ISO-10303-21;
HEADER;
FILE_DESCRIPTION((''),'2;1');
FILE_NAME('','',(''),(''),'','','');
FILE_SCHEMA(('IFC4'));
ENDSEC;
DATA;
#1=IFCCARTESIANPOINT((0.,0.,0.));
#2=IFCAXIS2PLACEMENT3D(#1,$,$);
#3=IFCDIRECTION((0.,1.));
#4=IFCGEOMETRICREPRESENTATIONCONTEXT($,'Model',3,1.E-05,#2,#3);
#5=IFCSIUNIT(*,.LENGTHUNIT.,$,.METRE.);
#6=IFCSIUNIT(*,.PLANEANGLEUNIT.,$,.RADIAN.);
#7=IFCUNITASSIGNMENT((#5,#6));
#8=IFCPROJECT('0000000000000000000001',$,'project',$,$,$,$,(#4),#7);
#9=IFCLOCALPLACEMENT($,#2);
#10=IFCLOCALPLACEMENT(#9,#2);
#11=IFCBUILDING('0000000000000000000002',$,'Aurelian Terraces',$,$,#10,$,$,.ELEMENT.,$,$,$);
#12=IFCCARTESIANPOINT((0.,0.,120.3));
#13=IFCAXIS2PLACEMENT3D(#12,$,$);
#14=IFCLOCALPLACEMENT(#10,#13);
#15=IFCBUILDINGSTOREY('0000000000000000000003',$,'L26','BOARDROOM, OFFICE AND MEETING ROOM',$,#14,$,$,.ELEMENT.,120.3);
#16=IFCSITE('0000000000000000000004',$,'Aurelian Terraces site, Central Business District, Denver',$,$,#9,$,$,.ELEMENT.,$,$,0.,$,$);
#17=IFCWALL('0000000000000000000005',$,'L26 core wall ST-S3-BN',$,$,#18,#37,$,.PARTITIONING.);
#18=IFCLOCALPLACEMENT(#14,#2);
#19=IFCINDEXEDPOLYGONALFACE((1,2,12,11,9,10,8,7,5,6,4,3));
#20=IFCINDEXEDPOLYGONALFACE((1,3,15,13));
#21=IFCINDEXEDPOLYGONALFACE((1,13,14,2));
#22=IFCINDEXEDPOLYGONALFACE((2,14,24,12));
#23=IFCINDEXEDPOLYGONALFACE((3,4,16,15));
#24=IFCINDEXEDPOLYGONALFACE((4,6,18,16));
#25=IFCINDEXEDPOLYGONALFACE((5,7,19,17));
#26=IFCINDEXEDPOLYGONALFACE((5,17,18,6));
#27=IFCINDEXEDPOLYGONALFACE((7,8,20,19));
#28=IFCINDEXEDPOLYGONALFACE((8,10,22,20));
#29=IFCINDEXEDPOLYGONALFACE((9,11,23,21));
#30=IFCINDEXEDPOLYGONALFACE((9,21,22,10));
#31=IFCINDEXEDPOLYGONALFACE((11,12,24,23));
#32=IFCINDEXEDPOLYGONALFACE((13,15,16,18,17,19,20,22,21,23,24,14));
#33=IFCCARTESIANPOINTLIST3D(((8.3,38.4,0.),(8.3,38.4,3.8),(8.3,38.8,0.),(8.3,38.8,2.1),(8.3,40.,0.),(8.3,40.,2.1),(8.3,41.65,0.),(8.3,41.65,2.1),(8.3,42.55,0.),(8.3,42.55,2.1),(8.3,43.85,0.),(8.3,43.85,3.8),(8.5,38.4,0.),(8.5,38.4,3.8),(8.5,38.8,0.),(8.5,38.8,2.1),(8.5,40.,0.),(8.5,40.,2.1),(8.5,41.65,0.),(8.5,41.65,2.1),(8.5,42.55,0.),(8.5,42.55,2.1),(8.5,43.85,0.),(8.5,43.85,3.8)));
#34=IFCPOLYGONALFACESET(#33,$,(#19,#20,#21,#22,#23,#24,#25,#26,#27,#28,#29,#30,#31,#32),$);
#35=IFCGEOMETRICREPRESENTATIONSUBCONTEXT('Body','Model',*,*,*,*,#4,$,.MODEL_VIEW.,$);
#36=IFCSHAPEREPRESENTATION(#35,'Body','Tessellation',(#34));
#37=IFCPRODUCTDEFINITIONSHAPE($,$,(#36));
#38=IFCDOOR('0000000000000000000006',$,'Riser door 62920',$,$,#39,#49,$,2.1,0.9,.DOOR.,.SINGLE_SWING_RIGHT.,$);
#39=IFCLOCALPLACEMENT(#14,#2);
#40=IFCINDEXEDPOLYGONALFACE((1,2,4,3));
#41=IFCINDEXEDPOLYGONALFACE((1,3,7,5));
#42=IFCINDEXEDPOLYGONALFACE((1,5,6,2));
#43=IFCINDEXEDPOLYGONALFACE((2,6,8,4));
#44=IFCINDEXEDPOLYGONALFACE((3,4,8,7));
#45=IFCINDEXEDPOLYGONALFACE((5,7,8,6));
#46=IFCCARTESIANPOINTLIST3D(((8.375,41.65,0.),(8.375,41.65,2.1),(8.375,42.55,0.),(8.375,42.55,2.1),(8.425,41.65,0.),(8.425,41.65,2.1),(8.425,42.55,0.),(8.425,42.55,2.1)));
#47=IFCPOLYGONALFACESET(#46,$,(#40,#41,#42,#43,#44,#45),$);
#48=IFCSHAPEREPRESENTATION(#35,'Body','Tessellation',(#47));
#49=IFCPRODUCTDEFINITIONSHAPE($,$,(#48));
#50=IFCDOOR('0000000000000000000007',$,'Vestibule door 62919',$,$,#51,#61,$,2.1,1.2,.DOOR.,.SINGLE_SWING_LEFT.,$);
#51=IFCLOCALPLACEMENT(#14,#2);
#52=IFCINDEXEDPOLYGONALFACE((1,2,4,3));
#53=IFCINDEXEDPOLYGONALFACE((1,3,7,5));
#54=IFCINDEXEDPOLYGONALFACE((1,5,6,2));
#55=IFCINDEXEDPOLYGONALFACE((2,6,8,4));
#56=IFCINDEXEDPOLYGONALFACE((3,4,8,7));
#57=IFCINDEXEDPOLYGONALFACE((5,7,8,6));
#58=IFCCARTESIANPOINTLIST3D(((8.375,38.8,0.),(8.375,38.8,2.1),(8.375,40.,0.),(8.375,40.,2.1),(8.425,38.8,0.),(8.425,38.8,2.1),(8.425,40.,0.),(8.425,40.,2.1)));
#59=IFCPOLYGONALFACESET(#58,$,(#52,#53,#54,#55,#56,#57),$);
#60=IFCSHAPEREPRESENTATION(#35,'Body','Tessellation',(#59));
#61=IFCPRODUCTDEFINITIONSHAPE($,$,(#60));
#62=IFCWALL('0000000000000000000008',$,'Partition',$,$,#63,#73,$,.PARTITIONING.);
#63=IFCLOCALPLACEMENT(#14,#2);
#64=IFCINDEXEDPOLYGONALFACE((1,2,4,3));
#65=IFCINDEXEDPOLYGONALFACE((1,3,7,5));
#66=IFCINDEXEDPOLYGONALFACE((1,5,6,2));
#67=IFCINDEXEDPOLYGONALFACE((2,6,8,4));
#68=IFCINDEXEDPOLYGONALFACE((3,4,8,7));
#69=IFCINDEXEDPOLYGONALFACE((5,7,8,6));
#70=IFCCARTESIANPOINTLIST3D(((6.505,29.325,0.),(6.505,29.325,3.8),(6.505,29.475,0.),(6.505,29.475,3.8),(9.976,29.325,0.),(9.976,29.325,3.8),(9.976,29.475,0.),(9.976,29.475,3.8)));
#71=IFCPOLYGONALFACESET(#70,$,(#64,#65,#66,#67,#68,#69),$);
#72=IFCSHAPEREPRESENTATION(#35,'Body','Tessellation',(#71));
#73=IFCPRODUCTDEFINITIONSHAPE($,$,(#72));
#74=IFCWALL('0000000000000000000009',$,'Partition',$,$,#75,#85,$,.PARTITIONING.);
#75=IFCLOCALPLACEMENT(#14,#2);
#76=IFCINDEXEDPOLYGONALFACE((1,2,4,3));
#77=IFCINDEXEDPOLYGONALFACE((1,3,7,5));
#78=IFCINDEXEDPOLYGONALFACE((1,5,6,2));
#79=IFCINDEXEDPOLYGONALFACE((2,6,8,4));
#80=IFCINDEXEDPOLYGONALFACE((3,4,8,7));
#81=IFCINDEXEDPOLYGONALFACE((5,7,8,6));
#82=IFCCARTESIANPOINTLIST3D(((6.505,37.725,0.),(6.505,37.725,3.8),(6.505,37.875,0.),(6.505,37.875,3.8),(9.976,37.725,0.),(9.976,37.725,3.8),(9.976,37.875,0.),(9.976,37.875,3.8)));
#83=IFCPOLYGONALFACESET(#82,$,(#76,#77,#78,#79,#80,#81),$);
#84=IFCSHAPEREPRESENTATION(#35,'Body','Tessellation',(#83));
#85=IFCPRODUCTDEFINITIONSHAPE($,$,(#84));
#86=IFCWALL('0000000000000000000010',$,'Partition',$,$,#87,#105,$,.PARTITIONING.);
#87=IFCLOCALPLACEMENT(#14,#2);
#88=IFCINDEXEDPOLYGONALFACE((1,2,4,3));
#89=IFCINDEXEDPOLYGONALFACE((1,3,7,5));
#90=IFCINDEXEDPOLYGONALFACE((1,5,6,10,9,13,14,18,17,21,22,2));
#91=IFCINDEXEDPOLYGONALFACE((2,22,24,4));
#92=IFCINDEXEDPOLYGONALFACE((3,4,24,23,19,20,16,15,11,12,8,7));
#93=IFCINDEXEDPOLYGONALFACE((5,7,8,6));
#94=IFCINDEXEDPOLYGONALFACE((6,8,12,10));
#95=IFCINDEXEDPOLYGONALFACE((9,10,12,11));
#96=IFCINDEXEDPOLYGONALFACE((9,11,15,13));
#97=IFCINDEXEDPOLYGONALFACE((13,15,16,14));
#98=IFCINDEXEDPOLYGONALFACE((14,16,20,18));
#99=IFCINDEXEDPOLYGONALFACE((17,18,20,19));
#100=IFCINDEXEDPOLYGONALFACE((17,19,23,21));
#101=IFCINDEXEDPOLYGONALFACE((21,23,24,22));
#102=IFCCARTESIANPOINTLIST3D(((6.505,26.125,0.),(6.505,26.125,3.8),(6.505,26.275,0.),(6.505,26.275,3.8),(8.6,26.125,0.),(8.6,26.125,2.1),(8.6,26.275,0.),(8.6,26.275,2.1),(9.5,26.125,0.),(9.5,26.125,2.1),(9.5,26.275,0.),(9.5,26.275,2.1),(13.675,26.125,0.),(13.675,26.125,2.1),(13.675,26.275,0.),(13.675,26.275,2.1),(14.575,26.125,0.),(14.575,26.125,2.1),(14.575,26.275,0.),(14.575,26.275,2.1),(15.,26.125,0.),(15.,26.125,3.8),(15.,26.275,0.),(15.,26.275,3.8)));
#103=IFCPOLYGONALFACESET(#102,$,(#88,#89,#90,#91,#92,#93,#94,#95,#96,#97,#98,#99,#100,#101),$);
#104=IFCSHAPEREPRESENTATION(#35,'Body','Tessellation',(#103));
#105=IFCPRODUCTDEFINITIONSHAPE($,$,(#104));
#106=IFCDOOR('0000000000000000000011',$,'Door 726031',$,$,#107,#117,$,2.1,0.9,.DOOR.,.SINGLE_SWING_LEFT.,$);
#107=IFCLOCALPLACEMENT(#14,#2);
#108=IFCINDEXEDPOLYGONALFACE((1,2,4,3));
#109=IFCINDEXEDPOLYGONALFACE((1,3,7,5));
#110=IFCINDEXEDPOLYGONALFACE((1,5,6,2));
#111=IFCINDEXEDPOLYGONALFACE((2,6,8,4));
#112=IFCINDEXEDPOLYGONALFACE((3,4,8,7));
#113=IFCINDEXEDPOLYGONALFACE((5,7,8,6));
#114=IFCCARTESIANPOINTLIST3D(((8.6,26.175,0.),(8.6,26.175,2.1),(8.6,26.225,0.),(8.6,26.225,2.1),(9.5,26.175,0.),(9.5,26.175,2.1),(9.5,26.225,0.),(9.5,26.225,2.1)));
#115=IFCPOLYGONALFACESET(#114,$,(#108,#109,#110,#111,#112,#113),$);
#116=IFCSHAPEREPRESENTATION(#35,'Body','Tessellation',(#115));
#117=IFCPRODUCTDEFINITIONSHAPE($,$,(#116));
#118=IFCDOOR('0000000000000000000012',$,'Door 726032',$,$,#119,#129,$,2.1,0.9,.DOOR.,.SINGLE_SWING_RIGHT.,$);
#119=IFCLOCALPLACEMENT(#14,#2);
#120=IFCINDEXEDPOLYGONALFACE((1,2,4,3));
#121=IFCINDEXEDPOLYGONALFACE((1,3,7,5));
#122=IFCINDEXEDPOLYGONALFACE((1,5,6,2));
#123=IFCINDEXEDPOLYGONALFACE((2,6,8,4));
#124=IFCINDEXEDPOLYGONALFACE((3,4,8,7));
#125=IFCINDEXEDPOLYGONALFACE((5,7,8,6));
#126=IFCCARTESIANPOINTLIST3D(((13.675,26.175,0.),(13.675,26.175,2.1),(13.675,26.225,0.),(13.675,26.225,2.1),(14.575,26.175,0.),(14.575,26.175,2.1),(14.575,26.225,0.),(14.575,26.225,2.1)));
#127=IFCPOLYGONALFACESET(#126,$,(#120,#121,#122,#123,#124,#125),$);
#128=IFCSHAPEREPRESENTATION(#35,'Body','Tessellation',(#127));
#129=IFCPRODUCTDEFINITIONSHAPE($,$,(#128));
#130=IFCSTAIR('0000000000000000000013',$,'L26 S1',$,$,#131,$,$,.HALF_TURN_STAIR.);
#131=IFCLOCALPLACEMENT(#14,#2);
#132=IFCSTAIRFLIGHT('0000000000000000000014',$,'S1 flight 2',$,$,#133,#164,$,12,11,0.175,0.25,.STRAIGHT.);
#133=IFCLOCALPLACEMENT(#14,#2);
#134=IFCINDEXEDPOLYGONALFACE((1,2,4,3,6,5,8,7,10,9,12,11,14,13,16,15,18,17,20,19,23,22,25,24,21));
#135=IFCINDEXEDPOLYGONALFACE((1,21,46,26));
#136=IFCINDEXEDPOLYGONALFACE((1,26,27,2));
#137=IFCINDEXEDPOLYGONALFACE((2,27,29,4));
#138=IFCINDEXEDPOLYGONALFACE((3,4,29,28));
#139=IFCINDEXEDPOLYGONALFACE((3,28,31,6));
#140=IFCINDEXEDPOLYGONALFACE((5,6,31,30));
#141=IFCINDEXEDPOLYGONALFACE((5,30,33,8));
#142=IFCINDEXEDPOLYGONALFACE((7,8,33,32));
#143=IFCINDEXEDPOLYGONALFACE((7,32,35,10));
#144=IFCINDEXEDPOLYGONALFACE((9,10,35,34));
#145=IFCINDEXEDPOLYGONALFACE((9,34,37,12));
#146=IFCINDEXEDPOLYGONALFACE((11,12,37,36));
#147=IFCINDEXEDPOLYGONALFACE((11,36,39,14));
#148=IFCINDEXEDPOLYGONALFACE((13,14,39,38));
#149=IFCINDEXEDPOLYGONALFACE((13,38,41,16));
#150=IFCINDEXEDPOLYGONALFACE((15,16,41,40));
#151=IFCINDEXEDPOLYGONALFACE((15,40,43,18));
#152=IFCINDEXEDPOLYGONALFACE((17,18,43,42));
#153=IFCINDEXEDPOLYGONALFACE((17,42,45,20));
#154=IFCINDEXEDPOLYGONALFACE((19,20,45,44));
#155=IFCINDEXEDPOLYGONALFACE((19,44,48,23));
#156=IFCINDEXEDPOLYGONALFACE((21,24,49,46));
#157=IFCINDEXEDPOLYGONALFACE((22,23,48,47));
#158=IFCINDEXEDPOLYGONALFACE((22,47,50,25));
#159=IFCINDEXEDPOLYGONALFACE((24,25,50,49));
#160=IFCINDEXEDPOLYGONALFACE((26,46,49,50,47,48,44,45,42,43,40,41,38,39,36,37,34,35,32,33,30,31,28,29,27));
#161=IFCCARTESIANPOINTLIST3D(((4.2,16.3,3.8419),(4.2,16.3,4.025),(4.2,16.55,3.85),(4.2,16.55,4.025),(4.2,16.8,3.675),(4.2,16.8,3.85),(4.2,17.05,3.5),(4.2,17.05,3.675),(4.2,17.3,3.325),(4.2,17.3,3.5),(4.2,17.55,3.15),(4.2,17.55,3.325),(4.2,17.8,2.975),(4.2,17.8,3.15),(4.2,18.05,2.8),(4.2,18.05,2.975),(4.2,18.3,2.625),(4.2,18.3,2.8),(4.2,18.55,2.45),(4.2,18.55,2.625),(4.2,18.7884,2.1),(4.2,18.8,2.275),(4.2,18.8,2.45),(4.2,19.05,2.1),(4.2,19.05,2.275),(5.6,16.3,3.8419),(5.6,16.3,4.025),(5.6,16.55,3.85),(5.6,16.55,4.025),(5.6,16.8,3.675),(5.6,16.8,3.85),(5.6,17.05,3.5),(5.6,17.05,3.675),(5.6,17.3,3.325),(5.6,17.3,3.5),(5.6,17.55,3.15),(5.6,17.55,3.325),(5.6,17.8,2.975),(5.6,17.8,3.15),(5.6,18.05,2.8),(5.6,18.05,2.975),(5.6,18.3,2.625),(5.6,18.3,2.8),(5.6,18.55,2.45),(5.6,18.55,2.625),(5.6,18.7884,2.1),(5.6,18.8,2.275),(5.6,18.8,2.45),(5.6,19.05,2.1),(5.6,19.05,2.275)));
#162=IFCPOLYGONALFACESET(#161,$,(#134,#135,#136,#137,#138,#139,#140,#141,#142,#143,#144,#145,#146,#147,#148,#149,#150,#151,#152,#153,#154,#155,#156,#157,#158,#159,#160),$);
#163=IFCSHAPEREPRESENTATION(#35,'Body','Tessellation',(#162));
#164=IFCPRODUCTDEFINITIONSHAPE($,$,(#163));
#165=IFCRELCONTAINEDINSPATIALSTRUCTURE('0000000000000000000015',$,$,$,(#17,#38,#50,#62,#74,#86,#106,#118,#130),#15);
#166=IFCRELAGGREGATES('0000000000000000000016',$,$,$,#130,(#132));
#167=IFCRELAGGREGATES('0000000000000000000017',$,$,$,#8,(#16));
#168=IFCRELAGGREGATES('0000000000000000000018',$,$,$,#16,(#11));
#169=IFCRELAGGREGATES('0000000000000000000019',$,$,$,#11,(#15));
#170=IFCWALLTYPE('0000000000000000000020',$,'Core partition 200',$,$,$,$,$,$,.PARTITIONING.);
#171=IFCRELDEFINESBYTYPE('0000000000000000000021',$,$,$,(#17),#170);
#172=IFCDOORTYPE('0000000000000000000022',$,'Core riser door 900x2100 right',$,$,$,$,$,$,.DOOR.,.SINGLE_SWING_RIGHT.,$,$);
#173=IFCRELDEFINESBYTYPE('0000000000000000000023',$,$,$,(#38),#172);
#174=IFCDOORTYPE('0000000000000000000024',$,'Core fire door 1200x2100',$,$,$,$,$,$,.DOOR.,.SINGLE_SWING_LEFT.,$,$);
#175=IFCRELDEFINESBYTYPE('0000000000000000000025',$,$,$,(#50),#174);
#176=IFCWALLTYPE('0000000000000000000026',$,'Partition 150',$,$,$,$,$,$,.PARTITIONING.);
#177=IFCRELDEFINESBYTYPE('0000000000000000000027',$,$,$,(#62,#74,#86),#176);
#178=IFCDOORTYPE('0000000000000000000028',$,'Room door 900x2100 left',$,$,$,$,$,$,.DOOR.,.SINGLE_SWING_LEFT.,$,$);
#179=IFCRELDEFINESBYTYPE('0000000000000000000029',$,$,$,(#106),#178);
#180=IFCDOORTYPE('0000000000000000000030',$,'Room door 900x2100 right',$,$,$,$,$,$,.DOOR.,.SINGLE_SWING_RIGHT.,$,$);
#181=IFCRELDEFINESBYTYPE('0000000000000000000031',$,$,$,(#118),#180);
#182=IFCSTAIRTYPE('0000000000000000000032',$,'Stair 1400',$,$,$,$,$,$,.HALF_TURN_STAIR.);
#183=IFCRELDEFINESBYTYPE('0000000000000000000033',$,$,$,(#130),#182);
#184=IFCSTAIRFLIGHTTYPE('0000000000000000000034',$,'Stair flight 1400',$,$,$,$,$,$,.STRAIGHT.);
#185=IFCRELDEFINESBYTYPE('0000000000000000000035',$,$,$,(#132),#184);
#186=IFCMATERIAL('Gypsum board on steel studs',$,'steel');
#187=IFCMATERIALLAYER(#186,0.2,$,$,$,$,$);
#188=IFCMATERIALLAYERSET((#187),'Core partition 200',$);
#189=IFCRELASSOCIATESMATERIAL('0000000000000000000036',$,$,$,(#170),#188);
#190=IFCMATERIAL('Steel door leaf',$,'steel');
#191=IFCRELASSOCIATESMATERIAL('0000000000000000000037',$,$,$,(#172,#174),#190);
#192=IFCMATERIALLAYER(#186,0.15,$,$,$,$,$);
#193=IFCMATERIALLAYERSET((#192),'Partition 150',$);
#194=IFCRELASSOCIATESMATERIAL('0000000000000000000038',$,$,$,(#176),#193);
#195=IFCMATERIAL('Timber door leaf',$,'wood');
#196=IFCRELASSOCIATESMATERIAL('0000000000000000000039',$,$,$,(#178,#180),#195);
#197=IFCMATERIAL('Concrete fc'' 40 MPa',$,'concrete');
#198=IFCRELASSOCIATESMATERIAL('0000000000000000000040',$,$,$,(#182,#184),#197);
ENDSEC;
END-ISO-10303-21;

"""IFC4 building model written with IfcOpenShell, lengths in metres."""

from ifc_helpers import new_model, si_unit, direction, frame, frame_2d, origin, place, context, subcontext, project, spatial, polyline, rectangle, outline, extrude, source, transform, mapped, material, layer, layer_set, type_object, element, fill, aggregate, save


model = new_model("IFC4")

# Units and contexts
model_context = context("Model", 3, precision=1e-05, world=origin(), true_north=direction((0.0, 1.0)))
body_context = subcontext(model_context, "Body", "Model", "MODEL_VIEW")
ifc_project = project(units=[si_unit("LENGTHUNIT", "METRE"), si_unit("PLANEANGLEUNIT", "RADIAN")], contexts=[model_context])

# Site, building, storey
site_placement = place(None, origin())
site = spatial("IfcSite", under=ifc_project, at=site_placement, Name="Aurelian Terraces site, Central Business District, Denver", CompositionType="ELEMENT", RefElevation=0.0)
building_placement = place(site_placement, origin())
building = spatial("IfcBuilding", under=site, at=building_placement, Name="Aurelian Terraces", CompositionType="ELEMENT")
storey_placement = place(building_placement, frame((0.0, 0.0, 120.3)))
storey = spatial("IfcBuildingStorey", under=building, at=storey_placement, Name="L26", Description="BOARDROOM, OFFICE AND MEETING ROOM", CompositionType="ELEMENT", Elevation=120.3)

# Shared definitions
ifc_material_1 = material(Name="Concrete fc' 40 MPa", Category="concrete")

# Shared definitions
ifc_material_2 = material(Name="Steel door leaf", Category="steel")
shared_shape_1 = source(origin(), body_context, "Body", "SweptSolid", [
    extrude(rectangle(XDim=1.2, YDim=2.1, at=frame_2d((0.6, 1.05))), frame((0.0, 0.025, 0.0), z_axis=(0.0, -1.0, 0.0), x_axis=(1.0, 0.0, 0.0)), (0.0, 0.0, 1.0), 0.05),
])

# Wall, openings, doors
ifc_material_3 = material(Name="Gypsum board on steel studs", Category="steel")
ifc_layer_1 = layer(ifc_material_3, 0.2)
ifc_layer_set_1 = layer_set([ifc_layer_1], Name="Core partition 200")
wall_type_1 = type_object("IfcWallType", Name="Core partition 200", PredefinedType="PARTITIONING", material=ifc_layer_set_1)
shared_shape_2 = source(origin(), body_context, "Body", "SweptSolid", [
    extrude(rectangle(XDim=5.45, YDim=0.2, at=frame_2d((2.725, 0.0))), origin(), (0.0, 0.0, 1.0), 3.8),
])
wall_1_placement = place(storey_placement, frame((8.4, 38.4, 0.0), z_axis=(0.0, 0.0, 1.0), x_axis=(0.0, 1.0, 0.0)))
wall_1 = element("IfcWall", 1, at=wall_1_placement, inside=storey, type_object=wall_type_1, Name="L26 core wall ST-S3-BN", PredefinedType="PARTITIONING", context=body_context, shape_type="MappedRepresentation", body=[
    mapped(shared_shape_2, transform((0.0, 0.0, 0.0), scale=1.0)),
])
shared_shape_3 = source(origin(), body_context, "Body", "SweptSolid", [
    extrude(rectangle(XDim=1.2, YDim=2.1, at=frame_2d((0.6, 1.05))), frame((0.0, 0.11, 0.0), z_axis=(0.0, -1.0, 0.0), x_axis=(1.0, 0.0, 0.0)), (0.0, 0.0, 1.0), 0.22),
])
opening_1_placement = place(wall_1_placement, frame((0.4, 0.0, 0.0)))
opening_1 = element("IfcOpeningElement", 2, at=opening_1_placement, cuts=wall_1, PredefinedType="OPENING", context=body_context, shape_type="MappedRepresentation", body=[
    mapped(shared_shape_3, transform((0.0, 0.0, 0.0), scale=1.0)),
])
shared_shape_4 = source(origin(), body_context, "Body", "SweptSolid", [
    extrude(rectangle(XDim=0.9, YDim=2.1, at=frame_2d((0.45, 1.05))), frame((0.0, 0.11, 0.0), z_axis=(0.0, -1.0, 0.0), x_axis=(1.0, 0.0, 0.0)), (0.0, 0.0, 1.0), 0.22),
])
opening_2_placement = place(wall_1_placement, frame((3.25, 0.0, 0.0)))
opening_2 = element("IfcOpeningElement", 3, at=opening_2_placement, cuts=wall_1, PredefinedType="OPENING", context=body_context, shape_type="MappedRepresentation", body=[
    mapped(shared_shape_4, transform((0.0, 0.0, 0.0), scale=1.0)),
])
door_type_1 = type_object("IfcDoorType", Name="Core riser door 900x2100 right", OperationType="SINGLE_SWING_RIGHT", PredefinedType="DOOR", material=ifc_material_2)
shared_shape_5 = source(origin(), body_context, "Body", "SweptSolid", [
    extrude(rectangle(XDim=0.9, YDim=2.1, at=frame_2d((0.45, 1.05))), frame((0.0, 0.025, 0.0), z_axis=(0.0, -1.0, 0.0), x_axis=(1.0, 0.0, 0.0)), (0.0, 0.0, 1.0), 0.05),
])
door_1_placement = place(opening_2_placement, origin())
door_1 = element("IfcDoor", 4, at=door_1_placement, inside=storey, type_object=door_type_1, Name="Riser door 62920", OperationType="SINGLE_SWING_RIGHT", OverallHeight=2.1, OverallWidth=0.9, PredefinedType="DOOR", context=body_context, shape_type="MappedRepresentation", body=[
    mapped(shared_shape_5, transform((0.0, 0.0, 0.0), scale=1.0)),
])
fill(opening_2, door_1)
door_type_2 = type_object("IfcDoorType", Name="Core fire door 1200x2100", OperationType="SINGLE_SWING_LEFT", PredefinedType="DOOR", material=ifc_material_2)
door_2_placement = place(opening_1_placement, origin())
door_2 = element("IfcDoor", 5, at=door_2_placement, inside=storey, type_object=door_type_2, Name="Vestibule door 62919", OperationType="SINGLE_SWING_LEFT", OverallHeight=2.1, OverallWidth=1.2, PredefinedType="DOOR", context=body_context, shape_type="MappedRepresentation", body=[
    mapped(shared_shape_1, transform((0.0, 0.0, 0.0), scale=1.0)),
])
fill(opening_1, door_2)

# Walls
ifc_layer_2 = layer(ifc_material_3, 0.15)
ifc_layer_set_2 = layer_set([ifc_layer_2], Name="Partition 150")
wall_type_2 = type_object("IfcWallType", Name="Partition 150", PredefinedType="PARTITIONING", material=ifc_layer_set_2)
shared_shape_6 = source(origin(), body_context, "Body", "SweptSolid", [
    extrude(rectangle(XDim=3.471, YDim=0.15, at=frame_2d((1.7355, 0.0))), origin(), (0.0, 0.0, 1.0), 3.8),
])
for number, where, z_axis, x_axis, name in (
    (6, (9.976, 29.4, 0.0), (0.0, 0.0, 1.0), (-1.0, 0.0, 0.0), "Partition"),
    (7, (9.976, 37.8, 0.0), (0.0, 0.0, 1.0), (-1.0, 0.0, 0.0), "Partition"),
):
    element("IfcWall", number, at=place(storey_placement, frame(where, z_axis=z_axis, x_axis=x_axis)), inside=storey, type_object=wall_type_2, Name=name, PredefinedType="PARTITIONING", context=body_context, shape_type="MappedRepresentation", body=[
        mapped(shared_shape_6, transform((0.0, 0.0, 0.0), scale=1.0)),
    ])

# Wall, openings, doors
shared_shape_7 = source(origin(), body_context, "Body", "SweptSolid", [
    extrude(rectangle(XDim=8.495, YDim=0.15, at=frame_2d((4.2475, 0.0))), origin(), (0.0, 0.0, 1.0), 3.8),
])
wall_2_placement = place(storey_placement, frame((6.505, 26.2, 0.0), z_axis=(0.0, 0.0, 1.0), x_axis=(1.0, 0.0, 0.0)))
wall_2 = element("IfcWall", 8, at=wall_2_placement, inside=storey, type_object=wall_type_2, Name="Partition", PredefinedType="PARTITIONING", context=body_context, shape_type="MappedRepresentation", body=[
    mapped(shared_shape_7, transform((0.0, 0.0, 0.0), scale=1.0)),
])
shared_shape_8 = source(origin(), body_context, "Body", "SweptSolid", [
    extrude(rectangle(XDim=0.9, YDim=2.1, at=frame_2d((0.45, 1.05))), frame((0.0, 0.085, 0.0), z_axis=(0.0, -1.0, 0.0), x_axis=(1.0, 0.0, 0.0)), (0.0, 0.0, 1.0), 0.17),
])
opening_3_placement = place(wall_2_placement, frame((2.095, 0.0, 0.0)))
opening_3 = element("IfcOpeningElement", 9, at=opening_3_placement, cuts=wall_2, PredefinedType="OPENING", context=body_context, shape_type="MappedRepresentation", body=[
    mapped(shared_shape_8, transform((0.0, 0.0, 0.0), scale=1.0)),
])
opening_4_placement = place(wall_2_placement, frame((7.17, 0.0, 0.0)))
opening_4 = element("IfcOpeningElement", 10, at=opening_4_placement, cuts=wall_2, PredefinedType="OPENING", context=body_context, shape_type="MappedRepresentation", body=[
    mapped(shared_shape_8, transform((0.0, 0.0, 0.0), scale=1.0)),
])
ifc_material_4 = material(Name="Timber door leaf", Category="wood")
door_type_3 = type_object("IfcDoorType", Name="Room door 900x2100 left", OperationType="SINGLE_SWING_LEFT", PredefinedType="DOOR", material=ifc_material_4)
door_3_placement = place(opening_3_placement, origin())
door_3 = element("IfcDoor", 11, at=door_3_placement, inside=storey, type_object=door_type_3, Name="Door 726031", OperationType="SINGLE_SWING_LEFT", OverallHeight=2.1, OverallWidth=0.9, PredefinedType="DOOR", context=body_context, shape_type="MappedRepresentation", body=[
    mapped(shared_shape_5, transform((0.0, 0.0, 0.0), scale=1.0)),
])
fill(opening_3, door_3)
door_type_4 = type_object("IfcDoorType", Name="Room door 900x2100 right", OperationType="SINGLE_SWING_RIGHT", PredefinedType="DOOR", material=ifc_material_4)
door_4_placement = place(opening_4_placement, origin())
door_4 = element("IfcDoor", 12, at=door_4_placement, inside=storey, type_object=door_type_4, Name="Door 726032", OperationType="SINGLE_SWING_RIGHT", OverallHeight=2.1, OverallWidth=0.9, PredefinedType="DOOR", context=body_context, shape_type="MappedRepresentation", body=[
    mapped(shared_shape_5, transform((0.0, 0.0, 0.0), scale=1.0)),
])
fill(opening_4, door_4)

# Stair, stair flight
stair_type = type_object("IfcStairType", Name="Stair 1400", PredefinedType="HALF_TURN_STAIR", material=ifc_material_1)
stair_placement = place(storey_placement, origin())
stair = element("IfcStair", 13, at=stair_placement, inside=storey, type_object=stair_type, Name="L26 S1", PredefinedType="HALF_TURN_STAIR")
stair_flight_type = type_object("IfcStairFlightType", Name="Stair flight 1400", PredefinedType="STRAIGHT", material=ifc_material_1)
shared_shape_9 = source(origin(), body_context, "Body", "SweptSolid", [
    extrude(outline(polyline([(0.0, 0.0), (0.0, 0.175), (0.25, 0.175), (0.25, 0.35), (0.5, 0.35), (0.5, 0.525), (0.75, 0.525), (0.75, 0.7), (1.0, 0.7), (1.0, 0.875), (1.25, 0.875), (1.25, 1.05), (1.5, 1.05), (1.5, 1.225), (1.75, 1.225), (1.75, 1.4), (2.0, 1.4), (2.0, 1.575), (2.25, 1.575), (2.25, 1.75), (2.5, 1.75), (2.5, 1.925), (2.75, 1.925), (2.75, 2.1), (2.75, 1.7419), (0.2616, 0.0), (0.0, 0.0)])), frame((0.0, 0.7, 0.0), z_axis=(0.0, -1.0, 0.0), x_axis=(1.0, 0.0, 0.0)), (0.0, 0.0, 1.0), 1.4),
])
stair_flight_placement = place(storey_placement, frame((4.9, 19.05, 2.1), z_axis=(0.0, 0.0, 1.0), x_axis=(0.0, -1.0, 0.0)))
stair_flight = element("IfcStairFlight", 14, at=stair_flight_placement, type_object=stair_flight_type, Name="S1 flight 2", NumberOfRisers=12, NumberOfTreads=11, PredefinedType="STRAIGHT", RiserHeight=0.175, TreadLength=0.25, context=body_context, shape_type="MappedRepresentation", body=[
    mapped(shared_shape_9, transform((0.0, 0.0, 0.0), scale=1.0)),
])
aggregate(stair, [stair_flight])

save(model, "model.ifc")
